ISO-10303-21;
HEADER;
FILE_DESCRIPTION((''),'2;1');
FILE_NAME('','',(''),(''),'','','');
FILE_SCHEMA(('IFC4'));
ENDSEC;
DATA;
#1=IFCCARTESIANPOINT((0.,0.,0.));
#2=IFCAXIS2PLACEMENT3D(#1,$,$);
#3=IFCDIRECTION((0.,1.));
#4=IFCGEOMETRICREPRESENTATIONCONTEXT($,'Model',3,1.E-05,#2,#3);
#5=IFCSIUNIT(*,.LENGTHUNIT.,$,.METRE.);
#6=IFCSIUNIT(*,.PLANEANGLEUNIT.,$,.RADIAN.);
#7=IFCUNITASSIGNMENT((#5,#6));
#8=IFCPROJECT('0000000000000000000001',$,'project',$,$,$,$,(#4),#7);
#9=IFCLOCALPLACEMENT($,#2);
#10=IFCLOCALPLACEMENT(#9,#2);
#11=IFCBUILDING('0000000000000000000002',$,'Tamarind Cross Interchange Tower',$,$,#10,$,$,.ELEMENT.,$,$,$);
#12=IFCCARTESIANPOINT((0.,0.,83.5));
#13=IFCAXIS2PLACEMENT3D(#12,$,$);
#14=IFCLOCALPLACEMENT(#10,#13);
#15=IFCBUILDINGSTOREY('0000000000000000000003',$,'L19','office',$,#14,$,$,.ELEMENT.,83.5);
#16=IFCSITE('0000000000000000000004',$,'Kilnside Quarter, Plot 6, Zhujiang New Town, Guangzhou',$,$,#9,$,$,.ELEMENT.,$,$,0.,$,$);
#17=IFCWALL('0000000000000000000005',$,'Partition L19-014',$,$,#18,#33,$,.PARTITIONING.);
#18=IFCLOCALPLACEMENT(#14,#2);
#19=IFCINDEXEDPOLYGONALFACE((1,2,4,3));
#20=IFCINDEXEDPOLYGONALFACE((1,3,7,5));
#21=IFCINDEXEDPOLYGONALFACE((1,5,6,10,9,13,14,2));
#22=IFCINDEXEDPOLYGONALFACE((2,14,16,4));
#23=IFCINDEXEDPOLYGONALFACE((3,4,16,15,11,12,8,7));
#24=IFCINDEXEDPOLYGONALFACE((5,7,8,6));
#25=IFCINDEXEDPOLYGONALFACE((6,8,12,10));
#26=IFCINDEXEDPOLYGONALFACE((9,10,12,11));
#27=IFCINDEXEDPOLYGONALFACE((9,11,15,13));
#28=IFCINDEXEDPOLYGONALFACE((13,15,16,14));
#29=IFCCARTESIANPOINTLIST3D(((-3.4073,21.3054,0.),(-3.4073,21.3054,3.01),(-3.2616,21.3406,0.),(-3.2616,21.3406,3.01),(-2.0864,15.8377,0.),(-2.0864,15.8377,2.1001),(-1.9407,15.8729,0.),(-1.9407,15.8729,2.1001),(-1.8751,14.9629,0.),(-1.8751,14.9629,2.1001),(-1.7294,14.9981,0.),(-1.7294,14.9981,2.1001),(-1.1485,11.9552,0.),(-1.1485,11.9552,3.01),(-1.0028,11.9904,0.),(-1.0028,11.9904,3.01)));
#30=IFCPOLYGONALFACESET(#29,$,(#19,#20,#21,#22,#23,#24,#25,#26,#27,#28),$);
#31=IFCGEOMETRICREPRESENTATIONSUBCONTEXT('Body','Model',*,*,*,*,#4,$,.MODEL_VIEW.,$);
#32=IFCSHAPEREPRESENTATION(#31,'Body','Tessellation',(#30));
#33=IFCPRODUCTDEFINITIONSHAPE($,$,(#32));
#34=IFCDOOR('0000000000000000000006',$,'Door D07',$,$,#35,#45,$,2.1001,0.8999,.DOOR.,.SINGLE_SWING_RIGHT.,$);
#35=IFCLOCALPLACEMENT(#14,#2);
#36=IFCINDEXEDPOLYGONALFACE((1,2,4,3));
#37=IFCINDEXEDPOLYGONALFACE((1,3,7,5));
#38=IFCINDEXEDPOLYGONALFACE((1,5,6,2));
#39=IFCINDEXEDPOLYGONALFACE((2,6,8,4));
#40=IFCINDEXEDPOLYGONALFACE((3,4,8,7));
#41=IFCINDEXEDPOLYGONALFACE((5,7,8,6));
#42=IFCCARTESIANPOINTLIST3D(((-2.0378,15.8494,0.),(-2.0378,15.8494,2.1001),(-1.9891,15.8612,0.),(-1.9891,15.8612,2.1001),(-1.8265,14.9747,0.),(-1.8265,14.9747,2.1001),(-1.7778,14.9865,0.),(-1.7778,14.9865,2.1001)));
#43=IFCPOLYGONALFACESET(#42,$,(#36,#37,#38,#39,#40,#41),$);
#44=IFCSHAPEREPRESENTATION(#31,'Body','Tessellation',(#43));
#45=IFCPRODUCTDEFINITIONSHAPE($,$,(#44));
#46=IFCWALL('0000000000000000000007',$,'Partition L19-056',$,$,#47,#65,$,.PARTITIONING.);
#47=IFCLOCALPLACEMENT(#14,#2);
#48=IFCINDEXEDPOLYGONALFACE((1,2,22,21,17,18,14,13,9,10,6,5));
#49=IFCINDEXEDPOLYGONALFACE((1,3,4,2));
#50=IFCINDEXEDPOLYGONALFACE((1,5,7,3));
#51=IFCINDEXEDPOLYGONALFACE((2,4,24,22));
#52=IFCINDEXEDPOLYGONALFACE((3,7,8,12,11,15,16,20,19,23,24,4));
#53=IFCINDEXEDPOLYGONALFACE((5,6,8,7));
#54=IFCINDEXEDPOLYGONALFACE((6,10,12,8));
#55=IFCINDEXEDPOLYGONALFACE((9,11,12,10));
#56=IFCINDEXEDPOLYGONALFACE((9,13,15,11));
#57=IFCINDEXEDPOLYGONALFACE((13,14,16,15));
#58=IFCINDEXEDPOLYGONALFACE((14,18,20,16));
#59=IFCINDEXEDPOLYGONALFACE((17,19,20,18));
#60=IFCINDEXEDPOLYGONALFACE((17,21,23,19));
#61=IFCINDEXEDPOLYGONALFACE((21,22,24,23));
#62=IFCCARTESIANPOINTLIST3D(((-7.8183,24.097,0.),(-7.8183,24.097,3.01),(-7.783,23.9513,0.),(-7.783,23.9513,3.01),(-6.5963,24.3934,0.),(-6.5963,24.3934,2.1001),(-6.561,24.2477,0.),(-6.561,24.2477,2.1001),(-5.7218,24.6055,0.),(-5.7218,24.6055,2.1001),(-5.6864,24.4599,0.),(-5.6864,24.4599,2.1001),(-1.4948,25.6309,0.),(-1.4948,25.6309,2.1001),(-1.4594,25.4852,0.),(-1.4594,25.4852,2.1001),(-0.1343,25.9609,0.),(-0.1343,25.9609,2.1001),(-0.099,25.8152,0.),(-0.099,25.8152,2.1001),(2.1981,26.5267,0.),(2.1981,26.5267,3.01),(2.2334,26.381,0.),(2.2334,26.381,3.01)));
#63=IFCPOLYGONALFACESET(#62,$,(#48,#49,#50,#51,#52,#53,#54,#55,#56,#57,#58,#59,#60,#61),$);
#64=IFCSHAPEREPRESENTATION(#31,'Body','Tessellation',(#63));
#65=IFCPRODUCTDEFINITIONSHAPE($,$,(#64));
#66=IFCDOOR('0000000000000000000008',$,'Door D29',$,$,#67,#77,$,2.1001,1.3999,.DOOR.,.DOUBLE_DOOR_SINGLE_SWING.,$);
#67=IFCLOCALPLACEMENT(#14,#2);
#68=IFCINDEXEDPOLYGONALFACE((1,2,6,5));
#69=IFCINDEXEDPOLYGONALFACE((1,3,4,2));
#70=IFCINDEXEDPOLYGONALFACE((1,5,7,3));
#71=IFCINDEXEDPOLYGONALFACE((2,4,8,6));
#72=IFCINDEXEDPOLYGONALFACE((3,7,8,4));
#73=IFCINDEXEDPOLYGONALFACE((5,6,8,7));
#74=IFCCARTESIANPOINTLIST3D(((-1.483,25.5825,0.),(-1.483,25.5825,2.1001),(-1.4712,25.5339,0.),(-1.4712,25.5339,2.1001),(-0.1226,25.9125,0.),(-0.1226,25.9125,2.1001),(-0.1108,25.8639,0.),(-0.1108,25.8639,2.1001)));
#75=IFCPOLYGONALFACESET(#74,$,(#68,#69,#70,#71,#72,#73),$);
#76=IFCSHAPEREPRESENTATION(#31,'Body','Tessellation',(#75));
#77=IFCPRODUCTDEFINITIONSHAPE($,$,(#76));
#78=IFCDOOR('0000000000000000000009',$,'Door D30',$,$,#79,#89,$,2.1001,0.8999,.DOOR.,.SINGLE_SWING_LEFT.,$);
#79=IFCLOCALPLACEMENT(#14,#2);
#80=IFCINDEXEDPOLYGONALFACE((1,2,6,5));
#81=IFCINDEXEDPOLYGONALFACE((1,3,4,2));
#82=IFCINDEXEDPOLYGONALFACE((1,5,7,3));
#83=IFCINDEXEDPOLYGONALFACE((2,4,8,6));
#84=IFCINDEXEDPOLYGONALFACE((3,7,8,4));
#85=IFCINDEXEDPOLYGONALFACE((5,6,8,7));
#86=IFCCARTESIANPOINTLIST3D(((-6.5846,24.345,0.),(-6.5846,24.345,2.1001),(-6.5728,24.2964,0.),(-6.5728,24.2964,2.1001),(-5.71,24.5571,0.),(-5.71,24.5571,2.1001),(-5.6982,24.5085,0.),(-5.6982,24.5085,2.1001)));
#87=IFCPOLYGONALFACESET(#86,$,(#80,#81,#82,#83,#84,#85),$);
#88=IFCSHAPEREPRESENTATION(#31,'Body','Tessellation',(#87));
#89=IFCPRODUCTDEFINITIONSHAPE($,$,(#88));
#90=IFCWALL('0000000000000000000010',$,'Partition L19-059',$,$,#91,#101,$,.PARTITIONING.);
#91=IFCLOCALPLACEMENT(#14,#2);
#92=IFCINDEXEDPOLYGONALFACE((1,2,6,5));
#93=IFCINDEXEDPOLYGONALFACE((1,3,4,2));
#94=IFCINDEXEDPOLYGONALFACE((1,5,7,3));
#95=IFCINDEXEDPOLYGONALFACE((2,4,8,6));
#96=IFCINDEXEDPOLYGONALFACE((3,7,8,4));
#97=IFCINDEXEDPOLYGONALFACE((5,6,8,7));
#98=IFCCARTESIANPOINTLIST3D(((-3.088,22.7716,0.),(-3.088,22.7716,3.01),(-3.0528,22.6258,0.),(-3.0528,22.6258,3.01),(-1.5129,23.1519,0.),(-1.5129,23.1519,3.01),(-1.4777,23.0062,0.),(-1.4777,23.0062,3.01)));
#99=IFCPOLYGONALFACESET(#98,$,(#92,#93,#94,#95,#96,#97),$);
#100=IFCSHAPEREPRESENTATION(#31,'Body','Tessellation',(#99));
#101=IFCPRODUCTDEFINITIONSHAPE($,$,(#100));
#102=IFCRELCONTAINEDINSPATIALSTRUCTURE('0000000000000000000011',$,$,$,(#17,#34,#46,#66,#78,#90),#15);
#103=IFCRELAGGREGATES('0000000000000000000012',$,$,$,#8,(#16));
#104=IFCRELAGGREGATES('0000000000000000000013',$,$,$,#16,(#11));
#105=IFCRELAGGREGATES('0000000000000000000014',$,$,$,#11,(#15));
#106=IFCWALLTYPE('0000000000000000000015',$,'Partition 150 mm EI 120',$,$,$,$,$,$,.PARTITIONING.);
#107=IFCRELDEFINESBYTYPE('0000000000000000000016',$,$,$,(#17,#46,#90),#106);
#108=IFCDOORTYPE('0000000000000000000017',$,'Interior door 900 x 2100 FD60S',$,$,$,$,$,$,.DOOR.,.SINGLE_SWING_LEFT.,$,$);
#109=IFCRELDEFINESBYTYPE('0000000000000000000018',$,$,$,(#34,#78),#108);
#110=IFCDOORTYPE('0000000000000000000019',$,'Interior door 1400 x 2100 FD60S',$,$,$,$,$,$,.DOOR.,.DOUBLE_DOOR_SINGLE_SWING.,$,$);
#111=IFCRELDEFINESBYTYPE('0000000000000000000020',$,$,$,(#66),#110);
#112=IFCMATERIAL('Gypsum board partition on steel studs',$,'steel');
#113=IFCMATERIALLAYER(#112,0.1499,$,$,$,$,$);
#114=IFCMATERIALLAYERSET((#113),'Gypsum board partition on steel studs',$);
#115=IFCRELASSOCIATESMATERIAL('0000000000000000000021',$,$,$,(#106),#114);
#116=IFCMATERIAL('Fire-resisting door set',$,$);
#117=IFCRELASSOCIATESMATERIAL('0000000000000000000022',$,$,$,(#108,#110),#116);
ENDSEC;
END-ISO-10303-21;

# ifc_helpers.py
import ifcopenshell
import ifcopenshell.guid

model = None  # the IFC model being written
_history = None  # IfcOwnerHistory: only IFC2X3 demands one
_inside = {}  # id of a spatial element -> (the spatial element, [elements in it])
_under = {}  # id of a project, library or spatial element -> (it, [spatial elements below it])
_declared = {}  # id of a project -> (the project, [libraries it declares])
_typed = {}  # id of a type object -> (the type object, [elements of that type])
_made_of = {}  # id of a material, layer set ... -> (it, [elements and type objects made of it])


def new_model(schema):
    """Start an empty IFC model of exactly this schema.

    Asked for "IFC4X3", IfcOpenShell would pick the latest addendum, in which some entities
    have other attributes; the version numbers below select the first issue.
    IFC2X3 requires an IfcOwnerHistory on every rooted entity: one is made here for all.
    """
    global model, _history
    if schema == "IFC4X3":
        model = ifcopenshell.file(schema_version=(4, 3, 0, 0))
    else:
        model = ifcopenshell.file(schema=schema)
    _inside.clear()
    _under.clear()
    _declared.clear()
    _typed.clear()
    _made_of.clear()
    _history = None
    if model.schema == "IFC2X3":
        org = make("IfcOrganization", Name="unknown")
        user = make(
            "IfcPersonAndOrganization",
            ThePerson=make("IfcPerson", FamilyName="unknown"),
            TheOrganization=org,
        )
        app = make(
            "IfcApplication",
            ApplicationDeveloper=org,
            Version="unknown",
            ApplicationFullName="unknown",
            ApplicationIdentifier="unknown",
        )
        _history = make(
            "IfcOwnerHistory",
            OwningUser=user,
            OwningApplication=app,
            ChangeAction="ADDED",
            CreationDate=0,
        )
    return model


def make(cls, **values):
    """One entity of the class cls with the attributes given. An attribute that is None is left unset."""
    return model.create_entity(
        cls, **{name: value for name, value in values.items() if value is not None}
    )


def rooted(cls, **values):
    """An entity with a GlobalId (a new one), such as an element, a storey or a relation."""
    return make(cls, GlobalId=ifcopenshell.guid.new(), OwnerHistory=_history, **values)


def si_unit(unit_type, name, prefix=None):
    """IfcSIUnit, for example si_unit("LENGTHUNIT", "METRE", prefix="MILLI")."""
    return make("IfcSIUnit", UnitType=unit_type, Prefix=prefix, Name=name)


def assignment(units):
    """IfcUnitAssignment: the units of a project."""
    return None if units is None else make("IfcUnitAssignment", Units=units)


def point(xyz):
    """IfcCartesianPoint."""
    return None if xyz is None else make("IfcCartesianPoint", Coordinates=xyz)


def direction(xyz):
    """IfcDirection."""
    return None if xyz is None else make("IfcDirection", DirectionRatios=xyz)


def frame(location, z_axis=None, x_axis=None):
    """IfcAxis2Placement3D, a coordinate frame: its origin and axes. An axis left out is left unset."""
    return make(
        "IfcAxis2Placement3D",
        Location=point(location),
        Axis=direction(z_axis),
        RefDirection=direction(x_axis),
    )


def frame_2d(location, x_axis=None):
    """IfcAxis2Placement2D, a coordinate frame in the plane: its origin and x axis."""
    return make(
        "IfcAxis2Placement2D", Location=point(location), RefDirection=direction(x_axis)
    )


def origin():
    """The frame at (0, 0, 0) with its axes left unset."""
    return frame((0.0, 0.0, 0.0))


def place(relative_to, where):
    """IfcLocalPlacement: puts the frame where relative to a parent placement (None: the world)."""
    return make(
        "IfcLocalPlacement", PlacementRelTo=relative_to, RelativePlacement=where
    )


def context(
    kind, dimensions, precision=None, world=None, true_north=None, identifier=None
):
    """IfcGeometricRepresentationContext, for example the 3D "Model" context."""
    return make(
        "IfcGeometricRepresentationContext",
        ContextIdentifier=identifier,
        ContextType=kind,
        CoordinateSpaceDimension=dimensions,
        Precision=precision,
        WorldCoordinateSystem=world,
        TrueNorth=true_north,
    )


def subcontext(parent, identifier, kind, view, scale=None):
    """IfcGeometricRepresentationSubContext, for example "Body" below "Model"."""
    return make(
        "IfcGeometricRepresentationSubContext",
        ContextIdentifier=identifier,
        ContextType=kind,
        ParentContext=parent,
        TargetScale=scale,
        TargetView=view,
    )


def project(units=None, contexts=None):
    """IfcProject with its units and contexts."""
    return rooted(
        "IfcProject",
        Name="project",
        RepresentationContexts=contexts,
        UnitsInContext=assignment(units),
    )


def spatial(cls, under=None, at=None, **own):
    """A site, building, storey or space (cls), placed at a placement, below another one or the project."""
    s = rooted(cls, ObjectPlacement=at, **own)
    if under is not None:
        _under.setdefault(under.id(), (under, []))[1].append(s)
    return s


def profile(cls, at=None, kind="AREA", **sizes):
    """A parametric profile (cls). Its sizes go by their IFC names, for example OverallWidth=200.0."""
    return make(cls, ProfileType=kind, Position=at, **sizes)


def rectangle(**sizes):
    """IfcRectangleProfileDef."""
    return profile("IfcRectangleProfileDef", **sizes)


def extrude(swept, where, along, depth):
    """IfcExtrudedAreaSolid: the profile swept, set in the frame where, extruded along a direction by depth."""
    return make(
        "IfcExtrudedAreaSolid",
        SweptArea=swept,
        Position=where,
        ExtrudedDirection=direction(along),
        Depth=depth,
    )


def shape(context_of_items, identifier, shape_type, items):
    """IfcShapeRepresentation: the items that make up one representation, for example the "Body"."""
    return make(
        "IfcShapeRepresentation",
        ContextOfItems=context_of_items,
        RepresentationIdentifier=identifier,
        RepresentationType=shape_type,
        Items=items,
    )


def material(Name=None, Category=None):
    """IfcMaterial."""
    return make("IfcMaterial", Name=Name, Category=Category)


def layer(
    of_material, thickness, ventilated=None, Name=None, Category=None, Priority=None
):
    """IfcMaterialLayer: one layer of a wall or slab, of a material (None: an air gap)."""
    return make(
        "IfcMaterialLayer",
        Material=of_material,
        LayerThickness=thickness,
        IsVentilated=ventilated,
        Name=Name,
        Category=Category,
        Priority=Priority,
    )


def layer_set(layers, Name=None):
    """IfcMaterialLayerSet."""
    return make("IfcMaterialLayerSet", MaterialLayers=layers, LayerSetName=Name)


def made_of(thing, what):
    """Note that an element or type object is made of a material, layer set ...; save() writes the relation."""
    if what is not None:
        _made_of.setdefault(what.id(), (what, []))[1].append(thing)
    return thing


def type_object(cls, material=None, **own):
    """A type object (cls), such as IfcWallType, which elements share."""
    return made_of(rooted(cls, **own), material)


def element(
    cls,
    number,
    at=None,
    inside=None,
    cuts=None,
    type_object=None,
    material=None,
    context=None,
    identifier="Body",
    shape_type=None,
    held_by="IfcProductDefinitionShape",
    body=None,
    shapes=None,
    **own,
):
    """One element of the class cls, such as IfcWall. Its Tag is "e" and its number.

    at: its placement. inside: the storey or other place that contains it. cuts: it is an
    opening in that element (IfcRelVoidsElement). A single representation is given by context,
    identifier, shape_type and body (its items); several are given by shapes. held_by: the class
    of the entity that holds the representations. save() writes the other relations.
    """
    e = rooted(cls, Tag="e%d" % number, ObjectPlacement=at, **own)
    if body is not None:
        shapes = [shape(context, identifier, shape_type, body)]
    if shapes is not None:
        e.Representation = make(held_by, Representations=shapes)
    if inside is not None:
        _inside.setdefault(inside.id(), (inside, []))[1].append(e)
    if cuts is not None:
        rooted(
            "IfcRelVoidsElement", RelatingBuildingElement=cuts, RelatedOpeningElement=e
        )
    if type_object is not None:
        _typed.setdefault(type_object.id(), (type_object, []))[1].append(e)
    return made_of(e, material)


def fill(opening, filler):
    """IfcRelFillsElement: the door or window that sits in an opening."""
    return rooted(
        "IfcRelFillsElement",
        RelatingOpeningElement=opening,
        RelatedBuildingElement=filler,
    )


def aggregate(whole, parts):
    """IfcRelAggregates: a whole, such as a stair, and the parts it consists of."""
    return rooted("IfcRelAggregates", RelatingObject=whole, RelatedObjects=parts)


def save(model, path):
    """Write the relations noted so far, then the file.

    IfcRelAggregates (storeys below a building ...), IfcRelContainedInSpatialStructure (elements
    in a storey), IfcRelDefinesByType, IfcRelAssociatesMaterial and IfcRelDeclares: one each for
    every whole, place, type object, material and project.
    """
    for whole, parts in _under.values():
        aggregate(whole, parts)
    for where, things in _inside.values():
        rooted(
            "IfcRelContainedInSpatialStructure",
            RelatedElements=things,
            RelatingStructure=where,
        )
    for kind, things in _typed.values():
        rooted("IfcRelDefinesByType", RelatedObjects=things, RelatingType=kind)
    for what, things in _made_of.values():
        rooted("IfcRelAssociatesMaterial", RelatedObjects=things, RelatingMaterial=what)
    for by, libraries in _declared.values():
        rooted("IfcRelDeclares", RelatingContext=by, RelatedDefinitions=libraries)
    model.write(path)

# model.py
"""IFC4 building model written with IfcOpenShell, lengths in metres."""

from ifc_helpers import new_model, si_unit, direction, frame, frame_2d, origin, place, context, subcontext, project, spatial, rectangle, extrude, material, layer, layer_set, type_object, element, fill, save


model = new_model("IFC4")

# Units and contexts
model_context = context("Model", 3, precision=1e-05, world=origin(), true_north=direction((0.0, 1.0)))
body_context = subcontext(model_context, "Body", "Model", "MODEL_VIEW")
ifc_project = project(units=[si_unit("LENGTHUNIT", "METRE"), si_unit("PLANEANGLEUNIT", "RADIAN")], contexts=[model_context])

# Site, building, storey
site_placement = place(None, origin())
site = spatial("IfcSite", under=ifc_project, at=site_placement, Name="Kilnside Quarter, Plot 6, Zhujiang New Town, Guangzhou", CompositionType="ELEMENT", RefElevation=0.0)
building_placement = place(site_placement, origin())
building = spatial("IfcBuilding", under=site, at=building_placement, Name="Tamarind Cross Interchange Tower", CompositionType="ELEMENT")
storey_placement = place(building_placement, frame((0.0, 0.0, 83.5)))
storey = spatial("IfcBuildingStorey", under=building, at=storey_placement, Name="L19", Description="office", CompositionType="ELEMENT", Elevation=83.5)

# Shared definitions
ifc_material_1 = material(Name="Gypsum board partition on steel studs", Category="steel")
ifc_layer_1 = layer(ifc_material_1, 0.1499)
ifc_layer_set_1 = layer_set([ifc_layer_1], Name="Gypsum board partition on steel studs")
wall_type_1 = type_object("IfcWallType", Name="Partition 150 mm EI 120", PredefinedType="PARTITIONING", material=ifc_layer_set_1)

# Wall, opening, door
wall_1_placement = place(storey_placement, frame((-3.3345, 21.323, 0.0), z_axis=(0.0, 0.0, 1.0), x_axis=(0.234824, -0.972038, 0.0)))
wall_1 = element("IfcWall", 1, at=wall_1_placement, inside=storey, type_object=wall_type_1, Name="Partition L19-014", PredefinedType="PARTITIONING", context=body_context, shape_type="SweptSolid", body=[
    extrude(rectangle(XDim=9.6191, YDim=0.1499, at=frame_2d((4.8096, 0.0))), origin(), (0.0, 0.0, 1.0), 3.01),
])
opening_1_placement = place(wall_1_placement, frame((5.625, 0.0, 0.0)))
opening_1 = element("IfcOpeningElement", 2, at=opening_1_placement, cuts=wall_1, PredefinedType="OPENING", context=body_context, shape_type="SweptSolid", body=[
    extrude(rectangle(XDim=0.8999, YDim=2.1001, at=frame_2d((0.45, 1.05))), frame((0.0, 0.085, 0.0), z_axis=(0.0, -1.0, 0.0), x_axis=(1.0, 0.0, 0.0)), (0.0, 0.0, 1.0), 0.1699),
])
ifc_material_2 = material(Name="Fire-resisting door set")
door_type_1 = type_object("IfcDoorType", Name="Interior door 900 x 2100 FD60S", OperationType="SINGLE_SWING_LEFT", PredefinedType="DOOR", material=ifc_material_2)
door_1_placement = place(opening_1_placement, frame((0.8999, 0.0, 0.0), z_axis=(0.0, 0.0, 1.0), x_axis=(-1.0, 0.0, 0.0)))
door_1 = element("IfcDoor", 3, at=door_1_placement, inside=storey, type_object=door_type_1, Name="Door D07", OperationType="SINGLE_SWING_RIGHT", OverallHeight=2.1001, OverallWidth=0.8999, PredefinedType="DOOR", context=body_context, shape_type="SweptSolid", body=[
    extrude(rectangle(XDim=0.8999, YDim=2.1001, at=frame_2d((0.45, 1.05))), frame((0.0, 0.0249, 0.0), z_axis=(0.0, -1.0, 0.0), x_axis=(1.0, 0.0, 0.0)), (0.0, 0.0, 1.0), 0.05),
])
fill(opening_1, door_1)

# Wall, openings, doors
wall_2_placement = place(storey_placement, frame((-7.8005, 24.0242, 0.0), z_axis=(0.0, 0.0, 1.0), x_axis=(0.971817, 0.235736, 0.0)))
wall_2 = element("IfcWall", 4, at=wall_2_placement, inside=storey, type_object=wall_type_1, Name="Partition L19-056", PredefinedType="PARTITIONING", context=body_context, shape_type="SweptSolid", body=[
    extrude(rectangle(XDim=10.3069, YDim=0.1499, at=frame_2d((5.1533, 0.0))), origin(), (0.0, 0.0, 1.0), 3.01),
])
opening_2_placement = place(wall_2_placement, frame((6.5068, 0.0, 0.0)))
opening_2 = element("IfcOpeningElement", 5, at=opening_2_placement, cuts=wall_2, PredefinedType="OPENING", context=body_context, shape_type="SweptSolid", body=[
    extrude(rectangle(XDim=1.3999, YDim=2.1001, at=frame_2d((0.7, 1.05))), frame((0.0, 0.085, 0.0), z_axis=(0.0, -1.0, 0.0), x_axis=(1.0, 0.0, 0.0)), (0.0, 0.0, 1.0), 0.1699),
])
opening_3_placement = place(wall_2_placement, frame((1.2573, 0.0, 0.0)))
opening_3 = element("IfcOpeningElement", 6, at=opening_3_placement, cuts=wall_2, PredefinedType="OPENING", context=body_context, shape_type="SweptSolid", body=[
    extrude(rectangle(XDim=0.8999, YDim=2.1001, at=frame_2d((0.45, 1.05))), frame((0.0, 0.085, 0.0), z_axis=(0.0, -1.0, 0.0), x_axis=(1.0, 0.0, 0.0)), (0.0, 0.0, 1.0), 0.1699),
])
door_type_2 = type_object("IfcDoorType", Name="Interior door 1400 x 2100 FD60S", OperationType="DOUBLE_DOOR_SINGLE_SWING", PredefinedType="DOOR", material=ifc_material_2)
door_2_placement = place(opening_2_placement, frame((1.3999, 0.0, 0.0), z_axis=(0.0, 0.0, 1.0), x_axis=(-1.0, 0.0, 0.0)))
door_2 = element("IfcDoor", 7, at=door_2_placement, inside=storey, type_object=door_type_2, Name="Door D29", OperationType="DOUBLE_DOOR_SINGLE_SWING", OverallHeight=2.1001, OverallWidth=1.3999, PredefinedType="DOOR", context=body_context, shape_type="SweptSolid", body=[
    extrude(rectangle(XDim=1.3999, YDim=2.1001, at=frame_2d((0.7, 1.05))), frame((0.0, 0.0249, 0.0), z_axis=(0.0, -1.0, 0.0), x_axis=(1.0, 0.0, 0.0)), (0.0, 0.0, 1.0), 0.05),
])
fill(opening_2, door_2)
door_3_placement = place(opening_3_placement, frame((0.8999, 0.0, 0.0), z_axis=(0.0, 0.0, 1.0), x_axis=(-1.0, 0.0, 0.0)))
door_3 = element("IfcDoor", 8, at=door_3_placement, inside=storey, type_object=door_type_1, Name="Door D30", OperationType="SINGLE_SWING_LEFT", OverallHeight=2.1001, OverallWidth=0.8999, PredefinedType="DOOR", context=body_context, shape_type="SweptSolid", body=[
    extrude(rectangle(XDim=0.8999, YDim=2.1001, at=frame_2d((0.45, 1.05))), frame((0.0, 0.0249, 0.0), z_axis=(0.0, -1.0, 0.0), x_axis=(1.0, 0.0, 0.0)), (0.0, 0.0, 1.0), 0.05),
])
fill(opening_3, door_3)

# Wall
wall_3_placement = place(storey_placement, frame((-3.0703, 22.6987, 0.0), z_axis=(0.0, 0.0, 1.0), x_axis=(0.972061, 0.234729, 0.0)))
element("IfcWall", 9, at=wall_3_placement, inside=storey, type_object=wall_type_1, Name="Partition L19-059", PredefinedType="PARTITIONING", context=body_context, shape_type="SweptSolid", body=[
    extrude(rectangle(XDim=1.6204, YDim=0.1499, at=frame_2d((0.8101, 0.0))), origin(), (0.0, 0.0, 1.0), 3.01),
])

save(model, "model.ifc")
